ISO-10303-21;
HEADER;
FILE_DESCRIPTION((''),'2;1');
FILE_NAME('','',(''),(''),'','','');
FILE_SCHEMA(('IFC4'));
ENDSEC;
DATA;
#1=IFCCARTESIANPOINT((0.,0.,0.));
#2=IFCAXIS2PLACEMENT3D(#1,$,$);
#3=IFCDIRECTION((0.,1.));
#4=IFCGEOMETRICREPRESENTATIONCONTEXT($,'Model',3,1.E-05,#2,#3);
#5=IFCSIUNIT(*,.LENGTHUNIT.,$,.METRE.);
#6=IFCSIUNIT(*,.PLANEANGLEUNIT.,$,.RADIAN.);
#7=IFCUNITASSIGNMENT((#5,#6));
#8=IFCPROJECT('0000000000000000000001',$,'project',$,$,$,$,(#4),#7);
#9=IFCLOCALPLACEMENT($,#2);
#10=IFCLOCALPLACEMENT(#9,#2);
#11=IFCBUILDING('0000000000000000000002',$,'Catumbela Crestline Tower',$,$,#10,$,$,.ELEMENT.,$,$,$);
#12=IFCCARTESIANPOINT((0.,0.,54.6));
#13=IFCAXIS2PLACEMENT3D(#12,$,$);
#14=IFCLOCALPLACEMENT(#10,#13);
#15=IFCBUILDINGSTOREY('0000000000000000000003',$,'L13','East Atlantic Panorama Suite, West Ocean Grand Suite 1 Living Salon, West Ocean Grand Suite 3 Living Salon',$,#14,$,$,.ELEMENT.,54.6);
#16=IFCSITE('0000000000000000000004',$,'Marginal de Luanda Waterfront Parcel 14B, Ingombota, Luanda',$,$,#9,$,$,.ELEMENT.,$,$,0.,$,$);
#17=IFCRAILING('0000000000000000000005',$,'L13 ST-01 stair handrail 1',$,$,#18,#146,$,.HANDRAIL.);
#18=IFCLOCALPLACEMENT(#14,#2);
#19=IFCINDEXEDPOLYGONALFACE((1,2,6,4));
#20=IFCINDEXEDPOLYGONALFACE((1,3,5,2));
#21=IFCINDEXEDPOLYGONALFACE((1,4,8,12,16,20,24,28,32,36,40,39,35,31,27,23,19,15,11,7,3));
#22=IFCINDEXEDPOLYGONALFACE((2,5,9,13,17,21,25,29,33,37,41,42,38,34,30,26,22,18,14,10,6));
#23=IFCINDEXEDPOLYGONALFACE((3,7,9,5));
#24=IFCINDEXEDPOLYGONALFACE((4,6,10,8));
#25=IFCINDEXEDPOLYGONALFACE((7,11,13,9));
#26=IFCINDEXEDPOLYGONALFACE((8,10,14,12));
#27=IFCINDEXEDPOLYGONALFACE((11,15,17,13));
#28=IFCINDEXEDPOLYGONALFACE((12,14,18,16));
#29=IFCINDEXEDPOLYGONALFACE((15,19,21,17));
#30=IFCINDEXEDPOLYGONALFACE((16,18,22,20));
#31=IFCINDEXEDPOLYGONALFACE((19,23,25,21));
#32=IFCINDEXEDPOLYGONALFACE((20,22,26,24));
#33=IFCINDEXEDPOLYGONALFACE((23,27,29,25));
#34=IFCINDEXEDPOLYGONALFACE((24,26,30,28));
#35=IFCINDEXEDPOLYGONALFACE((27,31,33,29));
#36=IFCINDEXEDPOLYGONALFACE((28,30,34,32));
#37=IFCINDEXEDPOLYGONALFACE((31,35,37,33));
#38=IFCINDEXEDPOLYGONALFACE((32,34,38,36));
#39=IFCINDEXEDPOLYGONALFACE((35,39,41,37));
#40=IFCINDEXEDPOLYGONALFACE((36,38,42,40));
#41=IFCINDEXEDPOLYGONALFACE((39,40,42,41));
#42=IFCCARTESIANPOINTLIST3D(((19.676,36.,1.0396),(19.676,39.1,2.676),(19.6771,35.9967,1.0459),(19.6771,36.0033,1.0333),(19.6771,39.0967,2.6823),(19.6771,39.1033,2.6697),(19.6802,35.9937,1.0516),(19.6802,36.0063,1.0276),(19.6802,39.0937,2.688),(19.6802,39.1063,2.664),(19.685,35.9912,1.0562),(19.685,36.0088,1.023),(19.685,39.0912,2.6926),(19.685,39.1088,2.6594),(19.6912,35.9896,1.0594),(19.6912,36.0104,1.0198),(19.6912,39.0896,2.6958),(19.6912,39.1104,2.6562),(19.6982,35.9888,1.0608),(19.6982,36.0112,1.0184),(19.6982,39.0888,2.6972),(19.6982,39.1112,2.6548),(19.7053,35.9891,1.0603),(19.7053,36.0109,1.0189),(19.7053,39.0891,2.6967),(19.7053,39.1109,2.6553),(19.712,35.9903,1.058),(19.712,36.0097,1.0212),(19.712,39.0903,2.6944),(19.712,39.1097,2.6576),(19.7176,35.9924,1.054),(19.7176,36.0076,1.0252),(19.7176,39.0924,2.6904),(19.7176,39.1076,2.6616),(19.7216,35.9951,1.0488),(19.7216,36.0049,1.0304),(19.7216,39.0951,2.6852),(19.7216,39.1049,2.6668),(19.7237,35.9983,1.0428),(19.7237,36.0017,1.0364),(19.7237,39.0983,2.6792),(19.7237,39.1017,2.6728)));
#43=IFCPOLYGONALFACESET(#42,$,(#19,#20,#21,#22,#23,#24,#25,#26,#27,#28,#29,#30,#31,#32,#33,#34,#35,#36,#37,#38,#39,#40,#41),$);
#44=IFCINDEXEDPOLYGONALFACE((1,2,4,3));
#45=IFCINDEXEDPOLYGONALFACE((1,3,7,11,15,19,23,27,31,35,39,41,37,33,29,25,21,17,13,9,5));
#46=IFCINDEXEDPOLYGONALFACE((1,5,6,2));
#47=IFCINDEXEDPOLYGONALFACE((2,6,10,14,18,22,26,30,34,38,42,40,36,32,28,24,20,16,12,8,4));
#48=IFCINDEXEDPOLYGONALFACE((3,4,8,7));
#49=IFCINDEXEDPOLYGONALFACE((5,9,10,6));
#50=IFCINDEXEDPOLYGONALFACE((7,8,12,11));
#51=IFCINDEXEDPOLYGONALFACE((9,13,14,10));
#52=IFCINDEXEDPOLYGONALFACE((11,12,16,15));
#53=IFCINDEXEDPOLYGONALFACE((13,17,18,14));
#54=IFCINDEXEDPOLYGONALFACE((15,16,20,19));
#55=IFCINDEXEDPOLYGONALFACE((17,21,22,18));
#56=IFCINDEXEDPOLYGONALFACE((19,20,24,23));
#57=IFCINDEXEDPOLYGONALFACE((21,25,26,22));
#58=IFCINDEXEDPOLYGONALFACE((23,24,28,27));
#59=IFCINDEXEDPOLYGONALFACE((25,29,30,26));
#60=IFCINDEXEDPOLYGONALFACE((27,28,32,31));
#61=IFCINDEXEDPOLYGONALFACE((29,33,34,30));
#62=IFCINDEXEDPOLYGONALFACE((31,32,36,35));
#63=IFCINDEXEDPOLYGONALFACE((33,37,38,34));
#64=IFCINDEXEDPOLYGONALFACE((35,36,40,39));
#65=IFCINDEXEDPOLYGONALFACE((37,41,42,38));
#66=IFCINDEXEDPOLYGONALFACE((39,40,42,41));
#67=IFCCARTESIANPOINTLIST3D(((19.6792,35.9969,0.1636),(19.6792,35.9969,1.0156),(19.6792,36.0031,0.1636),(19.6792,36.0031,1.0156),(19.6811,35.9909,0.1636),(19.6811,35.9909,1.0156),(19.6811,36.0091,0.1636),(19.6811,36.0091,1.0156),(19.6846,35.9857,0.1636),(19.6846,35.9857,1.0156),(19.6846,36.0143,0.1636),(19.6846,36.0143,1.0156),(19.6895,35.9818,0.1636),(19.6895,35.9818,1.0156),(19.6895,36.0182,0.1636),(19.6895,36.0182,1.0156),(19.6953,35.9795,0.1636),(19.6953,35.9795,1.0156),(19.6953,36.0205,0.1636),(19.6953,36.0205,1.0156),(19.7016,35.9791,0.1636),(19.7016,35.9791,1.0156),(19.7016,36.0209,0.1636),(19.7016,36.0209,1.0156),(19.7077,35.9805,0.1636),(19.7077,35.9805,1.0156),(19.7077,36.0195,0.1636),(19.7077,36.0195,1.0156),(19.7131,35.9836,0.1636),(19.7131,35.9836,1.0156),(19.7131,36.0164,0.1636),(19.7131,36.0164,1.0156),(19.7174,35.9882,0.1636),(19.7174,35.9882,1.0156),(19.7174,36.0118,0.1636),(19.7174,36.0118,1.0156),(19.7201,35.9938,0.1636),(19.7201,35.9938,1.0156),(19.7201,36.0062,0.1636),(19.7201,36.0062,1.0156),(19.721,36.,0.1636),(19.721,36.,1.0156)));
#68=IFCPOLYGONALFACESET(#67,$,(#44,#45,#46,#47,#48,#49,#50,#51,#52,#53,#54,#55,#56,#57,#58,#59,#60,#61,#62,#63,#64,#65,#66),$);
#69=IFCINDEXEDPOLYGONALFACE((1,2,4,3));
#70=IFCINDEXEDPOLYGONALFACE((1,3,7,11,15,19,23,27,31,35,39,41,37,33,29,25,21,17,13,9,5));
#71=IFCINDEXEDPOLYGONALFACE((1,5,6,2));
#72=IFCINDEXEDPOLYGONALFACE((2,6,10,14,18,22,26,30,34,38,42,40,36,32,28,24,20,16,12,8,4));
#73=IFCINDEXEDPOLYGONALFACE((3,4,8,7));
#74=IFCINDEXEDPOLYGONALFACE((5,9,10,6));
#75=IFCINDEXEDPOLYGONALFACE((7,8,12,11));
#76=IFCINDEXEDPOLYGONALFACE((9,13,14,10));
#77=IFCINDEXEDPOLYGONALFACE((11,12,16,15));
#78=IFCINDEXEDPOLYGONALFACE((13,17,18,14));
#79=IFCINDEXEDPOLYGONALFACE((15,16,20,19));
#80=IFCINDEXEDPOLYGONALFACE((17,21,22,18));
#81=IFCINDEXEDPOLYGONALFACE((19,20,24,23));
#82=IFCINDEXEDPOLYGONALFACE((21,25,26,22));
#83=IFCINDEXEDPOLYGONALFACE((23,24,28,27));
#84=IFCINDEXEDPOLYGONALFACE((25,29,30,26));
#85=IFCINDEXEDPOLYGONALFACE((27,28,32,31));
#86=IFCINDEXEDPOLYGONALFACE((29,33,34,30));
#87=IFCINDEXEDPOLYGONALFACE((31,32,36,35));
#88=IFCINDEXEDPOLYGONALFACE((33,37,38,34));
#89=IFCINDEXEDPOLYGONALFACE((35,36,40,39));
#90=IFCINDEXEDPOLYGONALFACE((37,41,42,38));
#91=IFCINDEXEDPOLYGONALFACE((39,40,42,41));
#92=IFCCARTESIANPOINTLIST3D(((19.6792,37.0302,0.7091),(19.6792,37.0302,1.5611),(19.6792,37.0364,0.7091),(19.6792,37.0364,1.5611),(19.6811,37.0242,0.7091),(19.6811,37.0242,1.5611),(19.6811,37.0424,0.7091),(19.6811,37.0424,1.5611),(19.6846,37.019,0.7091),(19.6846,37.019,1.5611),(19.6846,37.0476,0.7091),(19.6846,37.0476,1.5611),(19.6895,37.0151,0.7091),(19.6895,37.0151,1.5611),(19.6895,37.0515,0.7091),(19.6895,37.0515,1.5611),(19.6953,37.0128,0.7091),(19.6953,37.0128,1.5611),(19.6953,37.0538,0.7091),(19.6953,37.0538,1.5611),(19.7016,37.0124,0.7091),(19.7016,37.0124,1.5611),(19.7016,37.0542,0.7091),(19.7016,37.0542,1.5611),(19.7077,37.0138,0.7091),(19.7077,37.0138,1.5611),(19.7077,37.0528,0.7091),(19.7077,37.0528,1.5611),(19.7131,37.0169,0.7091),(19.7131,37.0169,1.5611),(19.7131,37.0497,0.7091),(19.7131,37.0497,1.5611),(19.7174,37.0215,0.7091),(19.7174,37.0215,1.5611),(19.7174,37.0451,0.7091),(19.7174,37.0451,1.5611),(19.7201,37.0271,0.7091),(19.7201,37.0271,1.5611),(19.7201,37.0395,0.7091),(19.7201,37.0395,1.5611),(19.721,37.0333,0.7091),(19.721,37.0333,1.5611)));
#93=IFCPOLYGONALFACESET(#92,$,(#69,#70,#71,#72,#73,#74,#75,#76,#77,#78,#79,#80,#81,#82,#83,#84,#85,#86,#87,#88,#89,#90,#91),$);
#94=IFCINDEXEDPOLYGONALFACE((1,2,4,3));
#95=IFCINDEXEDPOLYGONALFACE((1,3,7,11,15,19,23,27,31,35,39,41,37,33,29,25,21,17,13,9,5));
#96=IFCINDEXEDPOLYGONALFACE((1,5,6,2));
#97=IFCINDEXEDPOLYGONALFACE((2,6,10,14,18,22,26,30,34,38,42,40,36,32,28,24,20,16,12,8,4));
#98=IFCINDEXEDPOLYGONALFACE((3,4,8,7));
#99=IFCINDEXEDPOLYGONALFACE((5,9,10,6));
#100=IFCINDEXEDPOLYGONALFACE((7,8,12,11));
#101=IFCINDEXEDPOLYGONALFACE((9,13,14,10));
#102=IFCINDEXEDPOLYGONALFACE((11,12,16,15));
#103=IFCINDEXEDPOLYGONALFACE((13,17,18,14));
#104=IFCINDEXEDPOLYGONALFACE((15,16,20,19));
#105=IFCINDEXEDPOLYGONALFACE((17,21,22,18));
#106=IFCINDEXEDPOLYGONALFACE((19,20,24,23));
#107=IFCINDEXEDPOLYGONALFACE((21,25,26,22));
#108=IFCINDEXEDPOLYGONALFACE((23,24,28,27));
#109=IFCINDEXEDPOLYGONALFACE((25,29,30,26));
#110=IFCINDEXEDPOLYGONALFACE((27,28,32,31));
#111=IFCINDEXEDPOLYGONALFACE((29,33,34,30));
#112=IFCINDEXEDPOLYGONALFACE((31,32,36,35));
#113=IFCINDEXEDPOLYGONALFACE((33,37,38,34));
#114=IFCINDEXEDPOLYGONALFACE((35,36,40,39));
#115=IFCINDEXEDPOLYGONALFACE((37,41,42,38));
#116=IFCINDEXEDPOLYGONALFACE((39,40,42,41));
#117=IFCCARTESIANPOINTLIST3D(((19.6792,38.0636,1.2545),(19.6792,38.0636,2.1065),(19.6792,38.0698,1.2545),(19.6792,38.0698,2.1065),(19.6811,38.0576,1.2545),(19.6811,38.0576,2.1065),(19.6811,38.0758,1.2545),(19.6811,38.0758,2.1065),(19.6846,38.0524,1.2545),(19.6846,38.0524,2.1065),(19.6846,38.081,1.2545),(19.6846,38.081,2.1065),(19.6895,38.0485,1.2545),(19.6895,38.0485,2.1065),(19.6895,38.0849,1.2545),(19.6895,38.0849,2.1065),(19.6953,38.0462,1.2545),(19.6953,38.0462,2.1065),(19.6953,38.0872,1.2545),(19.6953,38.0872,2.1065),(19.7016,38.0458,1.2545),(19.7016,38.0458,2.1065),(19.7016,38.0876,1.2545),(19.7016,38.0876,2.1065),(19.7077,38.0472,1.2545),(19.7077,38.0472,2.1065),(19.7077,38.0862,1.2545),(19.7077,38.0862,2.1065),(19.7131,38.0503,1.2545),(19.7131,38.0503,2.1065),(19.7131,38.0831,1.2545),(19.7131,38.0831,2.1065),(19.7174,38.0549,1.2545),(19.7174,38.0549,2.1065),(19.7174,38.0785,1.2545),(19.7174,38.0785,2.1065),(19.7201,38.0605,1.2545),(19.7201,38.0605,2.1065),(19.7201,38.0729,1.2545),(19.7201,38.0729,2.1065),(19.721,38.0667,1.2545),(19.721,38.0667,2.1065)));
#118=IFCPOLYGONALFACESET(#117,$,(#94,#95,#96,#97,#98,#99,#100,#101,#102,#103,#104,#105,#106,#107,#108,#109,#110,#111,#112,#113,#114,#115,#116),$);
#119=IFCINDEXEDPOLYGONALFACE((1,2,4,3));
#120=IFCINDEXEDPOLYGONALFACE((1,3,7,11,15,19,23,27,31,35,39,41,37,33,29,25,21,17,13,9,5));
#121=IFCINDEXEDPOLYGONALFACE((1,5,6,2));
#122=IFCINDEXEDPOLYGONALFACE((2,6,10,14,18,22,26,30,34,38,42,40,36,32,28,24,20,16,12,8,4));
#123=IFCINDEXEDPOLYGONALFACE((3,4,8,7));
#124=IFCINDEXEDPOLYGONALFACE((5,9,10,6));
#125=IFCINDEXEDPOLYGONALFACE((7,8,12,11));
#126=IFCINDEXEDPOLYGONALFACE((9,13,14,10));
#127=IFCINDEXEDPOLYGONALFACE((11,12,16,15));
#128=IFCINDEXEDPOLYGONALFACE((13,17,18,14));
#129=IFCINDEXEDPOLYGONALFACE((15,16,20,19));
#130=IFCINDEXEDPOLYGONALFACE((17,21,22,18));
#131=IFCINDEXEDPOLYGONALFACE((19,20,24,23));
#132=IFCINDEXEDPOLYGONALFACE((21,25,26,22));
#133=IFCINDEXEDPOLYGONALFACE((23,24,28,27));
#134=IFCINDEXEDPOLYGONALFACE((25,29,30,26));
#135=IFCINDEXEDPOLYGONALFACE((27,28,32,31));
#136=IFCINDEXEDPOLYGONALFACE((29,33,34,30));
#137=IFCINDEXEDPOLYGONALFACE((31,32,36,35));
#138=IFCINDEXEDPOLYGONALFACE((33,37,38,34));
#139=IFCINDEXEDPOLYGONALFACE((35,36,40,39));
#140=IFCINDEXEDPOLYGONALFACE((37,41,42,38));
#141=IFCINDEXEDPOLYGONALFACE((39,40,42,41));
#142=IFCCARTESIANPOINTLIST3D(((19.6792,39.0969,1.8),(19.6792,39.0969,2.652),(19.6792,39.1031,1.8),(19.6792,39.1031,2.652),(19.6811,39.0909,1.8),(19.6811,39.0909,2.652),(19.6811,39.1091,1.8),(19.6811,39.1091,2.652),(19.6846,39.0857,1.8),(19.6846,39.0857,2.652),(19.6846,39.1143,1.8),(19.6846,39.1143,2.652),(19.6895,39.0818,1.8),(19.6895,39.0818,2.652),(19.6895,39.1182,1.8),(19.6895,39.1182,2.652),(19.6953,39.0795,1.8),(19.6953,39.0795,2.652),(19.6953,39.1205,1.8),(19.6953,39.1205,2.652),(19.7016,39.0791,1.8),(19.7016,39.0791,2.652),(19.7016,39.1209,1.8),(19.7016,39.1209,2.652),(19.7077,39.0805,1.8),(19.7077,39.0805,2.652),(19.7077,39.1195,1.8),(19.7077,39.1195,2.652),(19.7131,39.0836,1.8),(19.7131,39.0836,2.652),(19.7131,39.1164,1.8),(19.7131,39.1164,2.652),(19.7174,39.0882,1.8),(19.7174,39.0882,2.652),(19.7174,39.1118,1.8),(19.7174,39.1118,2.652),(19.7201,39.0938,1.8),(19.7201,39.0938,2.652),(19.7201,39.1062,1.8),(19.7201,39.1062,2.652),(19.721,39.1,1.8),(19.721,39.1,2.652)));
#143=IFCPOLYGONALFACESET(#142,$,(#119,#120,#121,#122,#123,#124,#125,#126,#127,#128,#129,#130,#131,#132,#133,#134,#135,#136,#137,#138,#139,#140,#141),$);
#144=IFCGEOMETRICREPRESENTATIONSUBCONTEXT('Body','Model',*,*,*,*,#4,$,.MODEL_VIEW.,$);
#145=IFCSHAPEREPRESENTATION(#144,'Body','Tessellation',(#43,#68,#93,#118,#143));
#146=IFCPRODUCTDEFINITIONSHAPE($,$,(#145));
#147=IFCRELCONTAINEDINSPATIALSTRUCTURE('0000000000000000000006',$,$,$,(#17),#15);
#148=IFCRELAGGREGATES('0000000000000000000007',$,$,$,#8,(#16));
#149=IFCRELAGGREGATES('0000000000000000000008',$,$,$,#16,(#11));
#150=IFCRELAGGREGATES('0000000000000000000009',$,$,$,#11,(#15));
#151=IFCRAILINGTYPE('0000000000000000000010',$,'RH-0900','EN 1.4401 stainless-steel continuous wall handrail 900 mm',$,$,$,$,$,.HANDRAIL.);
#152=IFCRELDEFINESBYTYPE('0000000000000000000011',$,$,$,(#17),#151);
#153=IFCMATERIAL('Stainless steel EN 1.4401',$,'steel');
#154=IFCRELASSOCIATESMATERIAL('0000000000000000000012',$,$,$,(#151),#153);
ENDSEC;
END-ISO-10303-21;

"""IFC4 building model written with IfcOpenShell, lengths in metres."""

from ifc_helpers import new_model, si_unit, direction, frame, origin, origin_2d, place, context, subcontext, project, spatial, circle, extrude, material, type_object, element, save


model = new_model("IFC4")

# Units and contexts
model_context = context("Model", 3, precision=1e-05, world=origin(), true_north=direction((0.0, 1.0)))
body_context = subcontext(model_context, "Body", "Model", "MODEL_VIEW")
ifc_project = project(units=[si_unit("LENGTHUNIT", "METRE"), si_unit("PLANEANGLEUNIT", "RADIAN")], contexts=[model_context])

# Site, building, storey
site_placement = place(None, origin())
site = spatial("IfcSite", under=ifc_project, at=site_placement, Name="Marginal de Luanda Waterfront Parcel 14B, Ingombota, Luanda", CompositionType="ELEMENT", RefElevation=0.0)
building_placement = place(site_placement, origin())
building = spatial("IfcBuilding", under=site, at=building_placement, Name="Catumbela Crestline Tower", CompositionType="ELEMENT")
storey_placement = place(building_placement, frame((0.0, 0.0, 54.6)))
storey = spatial("IfcBuildingStorey", under=building, at=storey_placement, Name="L13", Description="East Atlantic Panorama Suite, West Ocean Grand Suite 1 Living Salon, West Ocean Grand Suite 3 Living Salon", CompositionType="ELEMENT", Elevation=54.6)

# Railing
ifc_material_1 = material(Name="Stainless steel EN 1.4401", Category="steel")
railing_type_1 = type_object("IfcRailingType", Name="RH-0900", Description="EN 1.4401 stainless-steel continuous wall handrail 900 mm", PredefinedType="HANDRAIL", material=ifc_material_1)
railing_1_placement = place(storey_placement, frame((19.7, 36.0, 0.1636)))
element("IfcRailing", 1, at=railing_1_placement, inside=storey, type_object=railing_type_1, Name="L13 ST-01 stair handrail 1", PredefinedType="HANDRAIL", context=body_context, shape_type="SweptSolid", body=[
    extrude(circle(Radius=0.024, at=origin_2d()), frame((0.0, 0.0, 0.876), z_axis=(0.0, 0.884351, 0.466823), x_axis=(-1.0, 0.0, 0.0)), (0.0, 0.0, 1.0), 3.5054),
    extrude(circle(Radius=0.021, at=origin_2d()), origin(), (0.0, 0.0, 1.0), 0.852),
    extrude(circle(Radius=0.021, at=origin_2d()), frame((0.0, 1.0333, 0.5455)), (0.0, 0.0, 1.0), 0.852),
    extrude(circle(Radius=0.021, at=origin_2d()), frame((0.0, 2.0667, 1.0909)), (0.0, 0.0, 1.0), 0.852),
    extrude(circle(Radius=0.021, at=origin_2d()), frame((0.0, 3.1, 1.6364)), (0.0, 0.0, 1.0), 0.852),
])

save(model, "model.ifc")
